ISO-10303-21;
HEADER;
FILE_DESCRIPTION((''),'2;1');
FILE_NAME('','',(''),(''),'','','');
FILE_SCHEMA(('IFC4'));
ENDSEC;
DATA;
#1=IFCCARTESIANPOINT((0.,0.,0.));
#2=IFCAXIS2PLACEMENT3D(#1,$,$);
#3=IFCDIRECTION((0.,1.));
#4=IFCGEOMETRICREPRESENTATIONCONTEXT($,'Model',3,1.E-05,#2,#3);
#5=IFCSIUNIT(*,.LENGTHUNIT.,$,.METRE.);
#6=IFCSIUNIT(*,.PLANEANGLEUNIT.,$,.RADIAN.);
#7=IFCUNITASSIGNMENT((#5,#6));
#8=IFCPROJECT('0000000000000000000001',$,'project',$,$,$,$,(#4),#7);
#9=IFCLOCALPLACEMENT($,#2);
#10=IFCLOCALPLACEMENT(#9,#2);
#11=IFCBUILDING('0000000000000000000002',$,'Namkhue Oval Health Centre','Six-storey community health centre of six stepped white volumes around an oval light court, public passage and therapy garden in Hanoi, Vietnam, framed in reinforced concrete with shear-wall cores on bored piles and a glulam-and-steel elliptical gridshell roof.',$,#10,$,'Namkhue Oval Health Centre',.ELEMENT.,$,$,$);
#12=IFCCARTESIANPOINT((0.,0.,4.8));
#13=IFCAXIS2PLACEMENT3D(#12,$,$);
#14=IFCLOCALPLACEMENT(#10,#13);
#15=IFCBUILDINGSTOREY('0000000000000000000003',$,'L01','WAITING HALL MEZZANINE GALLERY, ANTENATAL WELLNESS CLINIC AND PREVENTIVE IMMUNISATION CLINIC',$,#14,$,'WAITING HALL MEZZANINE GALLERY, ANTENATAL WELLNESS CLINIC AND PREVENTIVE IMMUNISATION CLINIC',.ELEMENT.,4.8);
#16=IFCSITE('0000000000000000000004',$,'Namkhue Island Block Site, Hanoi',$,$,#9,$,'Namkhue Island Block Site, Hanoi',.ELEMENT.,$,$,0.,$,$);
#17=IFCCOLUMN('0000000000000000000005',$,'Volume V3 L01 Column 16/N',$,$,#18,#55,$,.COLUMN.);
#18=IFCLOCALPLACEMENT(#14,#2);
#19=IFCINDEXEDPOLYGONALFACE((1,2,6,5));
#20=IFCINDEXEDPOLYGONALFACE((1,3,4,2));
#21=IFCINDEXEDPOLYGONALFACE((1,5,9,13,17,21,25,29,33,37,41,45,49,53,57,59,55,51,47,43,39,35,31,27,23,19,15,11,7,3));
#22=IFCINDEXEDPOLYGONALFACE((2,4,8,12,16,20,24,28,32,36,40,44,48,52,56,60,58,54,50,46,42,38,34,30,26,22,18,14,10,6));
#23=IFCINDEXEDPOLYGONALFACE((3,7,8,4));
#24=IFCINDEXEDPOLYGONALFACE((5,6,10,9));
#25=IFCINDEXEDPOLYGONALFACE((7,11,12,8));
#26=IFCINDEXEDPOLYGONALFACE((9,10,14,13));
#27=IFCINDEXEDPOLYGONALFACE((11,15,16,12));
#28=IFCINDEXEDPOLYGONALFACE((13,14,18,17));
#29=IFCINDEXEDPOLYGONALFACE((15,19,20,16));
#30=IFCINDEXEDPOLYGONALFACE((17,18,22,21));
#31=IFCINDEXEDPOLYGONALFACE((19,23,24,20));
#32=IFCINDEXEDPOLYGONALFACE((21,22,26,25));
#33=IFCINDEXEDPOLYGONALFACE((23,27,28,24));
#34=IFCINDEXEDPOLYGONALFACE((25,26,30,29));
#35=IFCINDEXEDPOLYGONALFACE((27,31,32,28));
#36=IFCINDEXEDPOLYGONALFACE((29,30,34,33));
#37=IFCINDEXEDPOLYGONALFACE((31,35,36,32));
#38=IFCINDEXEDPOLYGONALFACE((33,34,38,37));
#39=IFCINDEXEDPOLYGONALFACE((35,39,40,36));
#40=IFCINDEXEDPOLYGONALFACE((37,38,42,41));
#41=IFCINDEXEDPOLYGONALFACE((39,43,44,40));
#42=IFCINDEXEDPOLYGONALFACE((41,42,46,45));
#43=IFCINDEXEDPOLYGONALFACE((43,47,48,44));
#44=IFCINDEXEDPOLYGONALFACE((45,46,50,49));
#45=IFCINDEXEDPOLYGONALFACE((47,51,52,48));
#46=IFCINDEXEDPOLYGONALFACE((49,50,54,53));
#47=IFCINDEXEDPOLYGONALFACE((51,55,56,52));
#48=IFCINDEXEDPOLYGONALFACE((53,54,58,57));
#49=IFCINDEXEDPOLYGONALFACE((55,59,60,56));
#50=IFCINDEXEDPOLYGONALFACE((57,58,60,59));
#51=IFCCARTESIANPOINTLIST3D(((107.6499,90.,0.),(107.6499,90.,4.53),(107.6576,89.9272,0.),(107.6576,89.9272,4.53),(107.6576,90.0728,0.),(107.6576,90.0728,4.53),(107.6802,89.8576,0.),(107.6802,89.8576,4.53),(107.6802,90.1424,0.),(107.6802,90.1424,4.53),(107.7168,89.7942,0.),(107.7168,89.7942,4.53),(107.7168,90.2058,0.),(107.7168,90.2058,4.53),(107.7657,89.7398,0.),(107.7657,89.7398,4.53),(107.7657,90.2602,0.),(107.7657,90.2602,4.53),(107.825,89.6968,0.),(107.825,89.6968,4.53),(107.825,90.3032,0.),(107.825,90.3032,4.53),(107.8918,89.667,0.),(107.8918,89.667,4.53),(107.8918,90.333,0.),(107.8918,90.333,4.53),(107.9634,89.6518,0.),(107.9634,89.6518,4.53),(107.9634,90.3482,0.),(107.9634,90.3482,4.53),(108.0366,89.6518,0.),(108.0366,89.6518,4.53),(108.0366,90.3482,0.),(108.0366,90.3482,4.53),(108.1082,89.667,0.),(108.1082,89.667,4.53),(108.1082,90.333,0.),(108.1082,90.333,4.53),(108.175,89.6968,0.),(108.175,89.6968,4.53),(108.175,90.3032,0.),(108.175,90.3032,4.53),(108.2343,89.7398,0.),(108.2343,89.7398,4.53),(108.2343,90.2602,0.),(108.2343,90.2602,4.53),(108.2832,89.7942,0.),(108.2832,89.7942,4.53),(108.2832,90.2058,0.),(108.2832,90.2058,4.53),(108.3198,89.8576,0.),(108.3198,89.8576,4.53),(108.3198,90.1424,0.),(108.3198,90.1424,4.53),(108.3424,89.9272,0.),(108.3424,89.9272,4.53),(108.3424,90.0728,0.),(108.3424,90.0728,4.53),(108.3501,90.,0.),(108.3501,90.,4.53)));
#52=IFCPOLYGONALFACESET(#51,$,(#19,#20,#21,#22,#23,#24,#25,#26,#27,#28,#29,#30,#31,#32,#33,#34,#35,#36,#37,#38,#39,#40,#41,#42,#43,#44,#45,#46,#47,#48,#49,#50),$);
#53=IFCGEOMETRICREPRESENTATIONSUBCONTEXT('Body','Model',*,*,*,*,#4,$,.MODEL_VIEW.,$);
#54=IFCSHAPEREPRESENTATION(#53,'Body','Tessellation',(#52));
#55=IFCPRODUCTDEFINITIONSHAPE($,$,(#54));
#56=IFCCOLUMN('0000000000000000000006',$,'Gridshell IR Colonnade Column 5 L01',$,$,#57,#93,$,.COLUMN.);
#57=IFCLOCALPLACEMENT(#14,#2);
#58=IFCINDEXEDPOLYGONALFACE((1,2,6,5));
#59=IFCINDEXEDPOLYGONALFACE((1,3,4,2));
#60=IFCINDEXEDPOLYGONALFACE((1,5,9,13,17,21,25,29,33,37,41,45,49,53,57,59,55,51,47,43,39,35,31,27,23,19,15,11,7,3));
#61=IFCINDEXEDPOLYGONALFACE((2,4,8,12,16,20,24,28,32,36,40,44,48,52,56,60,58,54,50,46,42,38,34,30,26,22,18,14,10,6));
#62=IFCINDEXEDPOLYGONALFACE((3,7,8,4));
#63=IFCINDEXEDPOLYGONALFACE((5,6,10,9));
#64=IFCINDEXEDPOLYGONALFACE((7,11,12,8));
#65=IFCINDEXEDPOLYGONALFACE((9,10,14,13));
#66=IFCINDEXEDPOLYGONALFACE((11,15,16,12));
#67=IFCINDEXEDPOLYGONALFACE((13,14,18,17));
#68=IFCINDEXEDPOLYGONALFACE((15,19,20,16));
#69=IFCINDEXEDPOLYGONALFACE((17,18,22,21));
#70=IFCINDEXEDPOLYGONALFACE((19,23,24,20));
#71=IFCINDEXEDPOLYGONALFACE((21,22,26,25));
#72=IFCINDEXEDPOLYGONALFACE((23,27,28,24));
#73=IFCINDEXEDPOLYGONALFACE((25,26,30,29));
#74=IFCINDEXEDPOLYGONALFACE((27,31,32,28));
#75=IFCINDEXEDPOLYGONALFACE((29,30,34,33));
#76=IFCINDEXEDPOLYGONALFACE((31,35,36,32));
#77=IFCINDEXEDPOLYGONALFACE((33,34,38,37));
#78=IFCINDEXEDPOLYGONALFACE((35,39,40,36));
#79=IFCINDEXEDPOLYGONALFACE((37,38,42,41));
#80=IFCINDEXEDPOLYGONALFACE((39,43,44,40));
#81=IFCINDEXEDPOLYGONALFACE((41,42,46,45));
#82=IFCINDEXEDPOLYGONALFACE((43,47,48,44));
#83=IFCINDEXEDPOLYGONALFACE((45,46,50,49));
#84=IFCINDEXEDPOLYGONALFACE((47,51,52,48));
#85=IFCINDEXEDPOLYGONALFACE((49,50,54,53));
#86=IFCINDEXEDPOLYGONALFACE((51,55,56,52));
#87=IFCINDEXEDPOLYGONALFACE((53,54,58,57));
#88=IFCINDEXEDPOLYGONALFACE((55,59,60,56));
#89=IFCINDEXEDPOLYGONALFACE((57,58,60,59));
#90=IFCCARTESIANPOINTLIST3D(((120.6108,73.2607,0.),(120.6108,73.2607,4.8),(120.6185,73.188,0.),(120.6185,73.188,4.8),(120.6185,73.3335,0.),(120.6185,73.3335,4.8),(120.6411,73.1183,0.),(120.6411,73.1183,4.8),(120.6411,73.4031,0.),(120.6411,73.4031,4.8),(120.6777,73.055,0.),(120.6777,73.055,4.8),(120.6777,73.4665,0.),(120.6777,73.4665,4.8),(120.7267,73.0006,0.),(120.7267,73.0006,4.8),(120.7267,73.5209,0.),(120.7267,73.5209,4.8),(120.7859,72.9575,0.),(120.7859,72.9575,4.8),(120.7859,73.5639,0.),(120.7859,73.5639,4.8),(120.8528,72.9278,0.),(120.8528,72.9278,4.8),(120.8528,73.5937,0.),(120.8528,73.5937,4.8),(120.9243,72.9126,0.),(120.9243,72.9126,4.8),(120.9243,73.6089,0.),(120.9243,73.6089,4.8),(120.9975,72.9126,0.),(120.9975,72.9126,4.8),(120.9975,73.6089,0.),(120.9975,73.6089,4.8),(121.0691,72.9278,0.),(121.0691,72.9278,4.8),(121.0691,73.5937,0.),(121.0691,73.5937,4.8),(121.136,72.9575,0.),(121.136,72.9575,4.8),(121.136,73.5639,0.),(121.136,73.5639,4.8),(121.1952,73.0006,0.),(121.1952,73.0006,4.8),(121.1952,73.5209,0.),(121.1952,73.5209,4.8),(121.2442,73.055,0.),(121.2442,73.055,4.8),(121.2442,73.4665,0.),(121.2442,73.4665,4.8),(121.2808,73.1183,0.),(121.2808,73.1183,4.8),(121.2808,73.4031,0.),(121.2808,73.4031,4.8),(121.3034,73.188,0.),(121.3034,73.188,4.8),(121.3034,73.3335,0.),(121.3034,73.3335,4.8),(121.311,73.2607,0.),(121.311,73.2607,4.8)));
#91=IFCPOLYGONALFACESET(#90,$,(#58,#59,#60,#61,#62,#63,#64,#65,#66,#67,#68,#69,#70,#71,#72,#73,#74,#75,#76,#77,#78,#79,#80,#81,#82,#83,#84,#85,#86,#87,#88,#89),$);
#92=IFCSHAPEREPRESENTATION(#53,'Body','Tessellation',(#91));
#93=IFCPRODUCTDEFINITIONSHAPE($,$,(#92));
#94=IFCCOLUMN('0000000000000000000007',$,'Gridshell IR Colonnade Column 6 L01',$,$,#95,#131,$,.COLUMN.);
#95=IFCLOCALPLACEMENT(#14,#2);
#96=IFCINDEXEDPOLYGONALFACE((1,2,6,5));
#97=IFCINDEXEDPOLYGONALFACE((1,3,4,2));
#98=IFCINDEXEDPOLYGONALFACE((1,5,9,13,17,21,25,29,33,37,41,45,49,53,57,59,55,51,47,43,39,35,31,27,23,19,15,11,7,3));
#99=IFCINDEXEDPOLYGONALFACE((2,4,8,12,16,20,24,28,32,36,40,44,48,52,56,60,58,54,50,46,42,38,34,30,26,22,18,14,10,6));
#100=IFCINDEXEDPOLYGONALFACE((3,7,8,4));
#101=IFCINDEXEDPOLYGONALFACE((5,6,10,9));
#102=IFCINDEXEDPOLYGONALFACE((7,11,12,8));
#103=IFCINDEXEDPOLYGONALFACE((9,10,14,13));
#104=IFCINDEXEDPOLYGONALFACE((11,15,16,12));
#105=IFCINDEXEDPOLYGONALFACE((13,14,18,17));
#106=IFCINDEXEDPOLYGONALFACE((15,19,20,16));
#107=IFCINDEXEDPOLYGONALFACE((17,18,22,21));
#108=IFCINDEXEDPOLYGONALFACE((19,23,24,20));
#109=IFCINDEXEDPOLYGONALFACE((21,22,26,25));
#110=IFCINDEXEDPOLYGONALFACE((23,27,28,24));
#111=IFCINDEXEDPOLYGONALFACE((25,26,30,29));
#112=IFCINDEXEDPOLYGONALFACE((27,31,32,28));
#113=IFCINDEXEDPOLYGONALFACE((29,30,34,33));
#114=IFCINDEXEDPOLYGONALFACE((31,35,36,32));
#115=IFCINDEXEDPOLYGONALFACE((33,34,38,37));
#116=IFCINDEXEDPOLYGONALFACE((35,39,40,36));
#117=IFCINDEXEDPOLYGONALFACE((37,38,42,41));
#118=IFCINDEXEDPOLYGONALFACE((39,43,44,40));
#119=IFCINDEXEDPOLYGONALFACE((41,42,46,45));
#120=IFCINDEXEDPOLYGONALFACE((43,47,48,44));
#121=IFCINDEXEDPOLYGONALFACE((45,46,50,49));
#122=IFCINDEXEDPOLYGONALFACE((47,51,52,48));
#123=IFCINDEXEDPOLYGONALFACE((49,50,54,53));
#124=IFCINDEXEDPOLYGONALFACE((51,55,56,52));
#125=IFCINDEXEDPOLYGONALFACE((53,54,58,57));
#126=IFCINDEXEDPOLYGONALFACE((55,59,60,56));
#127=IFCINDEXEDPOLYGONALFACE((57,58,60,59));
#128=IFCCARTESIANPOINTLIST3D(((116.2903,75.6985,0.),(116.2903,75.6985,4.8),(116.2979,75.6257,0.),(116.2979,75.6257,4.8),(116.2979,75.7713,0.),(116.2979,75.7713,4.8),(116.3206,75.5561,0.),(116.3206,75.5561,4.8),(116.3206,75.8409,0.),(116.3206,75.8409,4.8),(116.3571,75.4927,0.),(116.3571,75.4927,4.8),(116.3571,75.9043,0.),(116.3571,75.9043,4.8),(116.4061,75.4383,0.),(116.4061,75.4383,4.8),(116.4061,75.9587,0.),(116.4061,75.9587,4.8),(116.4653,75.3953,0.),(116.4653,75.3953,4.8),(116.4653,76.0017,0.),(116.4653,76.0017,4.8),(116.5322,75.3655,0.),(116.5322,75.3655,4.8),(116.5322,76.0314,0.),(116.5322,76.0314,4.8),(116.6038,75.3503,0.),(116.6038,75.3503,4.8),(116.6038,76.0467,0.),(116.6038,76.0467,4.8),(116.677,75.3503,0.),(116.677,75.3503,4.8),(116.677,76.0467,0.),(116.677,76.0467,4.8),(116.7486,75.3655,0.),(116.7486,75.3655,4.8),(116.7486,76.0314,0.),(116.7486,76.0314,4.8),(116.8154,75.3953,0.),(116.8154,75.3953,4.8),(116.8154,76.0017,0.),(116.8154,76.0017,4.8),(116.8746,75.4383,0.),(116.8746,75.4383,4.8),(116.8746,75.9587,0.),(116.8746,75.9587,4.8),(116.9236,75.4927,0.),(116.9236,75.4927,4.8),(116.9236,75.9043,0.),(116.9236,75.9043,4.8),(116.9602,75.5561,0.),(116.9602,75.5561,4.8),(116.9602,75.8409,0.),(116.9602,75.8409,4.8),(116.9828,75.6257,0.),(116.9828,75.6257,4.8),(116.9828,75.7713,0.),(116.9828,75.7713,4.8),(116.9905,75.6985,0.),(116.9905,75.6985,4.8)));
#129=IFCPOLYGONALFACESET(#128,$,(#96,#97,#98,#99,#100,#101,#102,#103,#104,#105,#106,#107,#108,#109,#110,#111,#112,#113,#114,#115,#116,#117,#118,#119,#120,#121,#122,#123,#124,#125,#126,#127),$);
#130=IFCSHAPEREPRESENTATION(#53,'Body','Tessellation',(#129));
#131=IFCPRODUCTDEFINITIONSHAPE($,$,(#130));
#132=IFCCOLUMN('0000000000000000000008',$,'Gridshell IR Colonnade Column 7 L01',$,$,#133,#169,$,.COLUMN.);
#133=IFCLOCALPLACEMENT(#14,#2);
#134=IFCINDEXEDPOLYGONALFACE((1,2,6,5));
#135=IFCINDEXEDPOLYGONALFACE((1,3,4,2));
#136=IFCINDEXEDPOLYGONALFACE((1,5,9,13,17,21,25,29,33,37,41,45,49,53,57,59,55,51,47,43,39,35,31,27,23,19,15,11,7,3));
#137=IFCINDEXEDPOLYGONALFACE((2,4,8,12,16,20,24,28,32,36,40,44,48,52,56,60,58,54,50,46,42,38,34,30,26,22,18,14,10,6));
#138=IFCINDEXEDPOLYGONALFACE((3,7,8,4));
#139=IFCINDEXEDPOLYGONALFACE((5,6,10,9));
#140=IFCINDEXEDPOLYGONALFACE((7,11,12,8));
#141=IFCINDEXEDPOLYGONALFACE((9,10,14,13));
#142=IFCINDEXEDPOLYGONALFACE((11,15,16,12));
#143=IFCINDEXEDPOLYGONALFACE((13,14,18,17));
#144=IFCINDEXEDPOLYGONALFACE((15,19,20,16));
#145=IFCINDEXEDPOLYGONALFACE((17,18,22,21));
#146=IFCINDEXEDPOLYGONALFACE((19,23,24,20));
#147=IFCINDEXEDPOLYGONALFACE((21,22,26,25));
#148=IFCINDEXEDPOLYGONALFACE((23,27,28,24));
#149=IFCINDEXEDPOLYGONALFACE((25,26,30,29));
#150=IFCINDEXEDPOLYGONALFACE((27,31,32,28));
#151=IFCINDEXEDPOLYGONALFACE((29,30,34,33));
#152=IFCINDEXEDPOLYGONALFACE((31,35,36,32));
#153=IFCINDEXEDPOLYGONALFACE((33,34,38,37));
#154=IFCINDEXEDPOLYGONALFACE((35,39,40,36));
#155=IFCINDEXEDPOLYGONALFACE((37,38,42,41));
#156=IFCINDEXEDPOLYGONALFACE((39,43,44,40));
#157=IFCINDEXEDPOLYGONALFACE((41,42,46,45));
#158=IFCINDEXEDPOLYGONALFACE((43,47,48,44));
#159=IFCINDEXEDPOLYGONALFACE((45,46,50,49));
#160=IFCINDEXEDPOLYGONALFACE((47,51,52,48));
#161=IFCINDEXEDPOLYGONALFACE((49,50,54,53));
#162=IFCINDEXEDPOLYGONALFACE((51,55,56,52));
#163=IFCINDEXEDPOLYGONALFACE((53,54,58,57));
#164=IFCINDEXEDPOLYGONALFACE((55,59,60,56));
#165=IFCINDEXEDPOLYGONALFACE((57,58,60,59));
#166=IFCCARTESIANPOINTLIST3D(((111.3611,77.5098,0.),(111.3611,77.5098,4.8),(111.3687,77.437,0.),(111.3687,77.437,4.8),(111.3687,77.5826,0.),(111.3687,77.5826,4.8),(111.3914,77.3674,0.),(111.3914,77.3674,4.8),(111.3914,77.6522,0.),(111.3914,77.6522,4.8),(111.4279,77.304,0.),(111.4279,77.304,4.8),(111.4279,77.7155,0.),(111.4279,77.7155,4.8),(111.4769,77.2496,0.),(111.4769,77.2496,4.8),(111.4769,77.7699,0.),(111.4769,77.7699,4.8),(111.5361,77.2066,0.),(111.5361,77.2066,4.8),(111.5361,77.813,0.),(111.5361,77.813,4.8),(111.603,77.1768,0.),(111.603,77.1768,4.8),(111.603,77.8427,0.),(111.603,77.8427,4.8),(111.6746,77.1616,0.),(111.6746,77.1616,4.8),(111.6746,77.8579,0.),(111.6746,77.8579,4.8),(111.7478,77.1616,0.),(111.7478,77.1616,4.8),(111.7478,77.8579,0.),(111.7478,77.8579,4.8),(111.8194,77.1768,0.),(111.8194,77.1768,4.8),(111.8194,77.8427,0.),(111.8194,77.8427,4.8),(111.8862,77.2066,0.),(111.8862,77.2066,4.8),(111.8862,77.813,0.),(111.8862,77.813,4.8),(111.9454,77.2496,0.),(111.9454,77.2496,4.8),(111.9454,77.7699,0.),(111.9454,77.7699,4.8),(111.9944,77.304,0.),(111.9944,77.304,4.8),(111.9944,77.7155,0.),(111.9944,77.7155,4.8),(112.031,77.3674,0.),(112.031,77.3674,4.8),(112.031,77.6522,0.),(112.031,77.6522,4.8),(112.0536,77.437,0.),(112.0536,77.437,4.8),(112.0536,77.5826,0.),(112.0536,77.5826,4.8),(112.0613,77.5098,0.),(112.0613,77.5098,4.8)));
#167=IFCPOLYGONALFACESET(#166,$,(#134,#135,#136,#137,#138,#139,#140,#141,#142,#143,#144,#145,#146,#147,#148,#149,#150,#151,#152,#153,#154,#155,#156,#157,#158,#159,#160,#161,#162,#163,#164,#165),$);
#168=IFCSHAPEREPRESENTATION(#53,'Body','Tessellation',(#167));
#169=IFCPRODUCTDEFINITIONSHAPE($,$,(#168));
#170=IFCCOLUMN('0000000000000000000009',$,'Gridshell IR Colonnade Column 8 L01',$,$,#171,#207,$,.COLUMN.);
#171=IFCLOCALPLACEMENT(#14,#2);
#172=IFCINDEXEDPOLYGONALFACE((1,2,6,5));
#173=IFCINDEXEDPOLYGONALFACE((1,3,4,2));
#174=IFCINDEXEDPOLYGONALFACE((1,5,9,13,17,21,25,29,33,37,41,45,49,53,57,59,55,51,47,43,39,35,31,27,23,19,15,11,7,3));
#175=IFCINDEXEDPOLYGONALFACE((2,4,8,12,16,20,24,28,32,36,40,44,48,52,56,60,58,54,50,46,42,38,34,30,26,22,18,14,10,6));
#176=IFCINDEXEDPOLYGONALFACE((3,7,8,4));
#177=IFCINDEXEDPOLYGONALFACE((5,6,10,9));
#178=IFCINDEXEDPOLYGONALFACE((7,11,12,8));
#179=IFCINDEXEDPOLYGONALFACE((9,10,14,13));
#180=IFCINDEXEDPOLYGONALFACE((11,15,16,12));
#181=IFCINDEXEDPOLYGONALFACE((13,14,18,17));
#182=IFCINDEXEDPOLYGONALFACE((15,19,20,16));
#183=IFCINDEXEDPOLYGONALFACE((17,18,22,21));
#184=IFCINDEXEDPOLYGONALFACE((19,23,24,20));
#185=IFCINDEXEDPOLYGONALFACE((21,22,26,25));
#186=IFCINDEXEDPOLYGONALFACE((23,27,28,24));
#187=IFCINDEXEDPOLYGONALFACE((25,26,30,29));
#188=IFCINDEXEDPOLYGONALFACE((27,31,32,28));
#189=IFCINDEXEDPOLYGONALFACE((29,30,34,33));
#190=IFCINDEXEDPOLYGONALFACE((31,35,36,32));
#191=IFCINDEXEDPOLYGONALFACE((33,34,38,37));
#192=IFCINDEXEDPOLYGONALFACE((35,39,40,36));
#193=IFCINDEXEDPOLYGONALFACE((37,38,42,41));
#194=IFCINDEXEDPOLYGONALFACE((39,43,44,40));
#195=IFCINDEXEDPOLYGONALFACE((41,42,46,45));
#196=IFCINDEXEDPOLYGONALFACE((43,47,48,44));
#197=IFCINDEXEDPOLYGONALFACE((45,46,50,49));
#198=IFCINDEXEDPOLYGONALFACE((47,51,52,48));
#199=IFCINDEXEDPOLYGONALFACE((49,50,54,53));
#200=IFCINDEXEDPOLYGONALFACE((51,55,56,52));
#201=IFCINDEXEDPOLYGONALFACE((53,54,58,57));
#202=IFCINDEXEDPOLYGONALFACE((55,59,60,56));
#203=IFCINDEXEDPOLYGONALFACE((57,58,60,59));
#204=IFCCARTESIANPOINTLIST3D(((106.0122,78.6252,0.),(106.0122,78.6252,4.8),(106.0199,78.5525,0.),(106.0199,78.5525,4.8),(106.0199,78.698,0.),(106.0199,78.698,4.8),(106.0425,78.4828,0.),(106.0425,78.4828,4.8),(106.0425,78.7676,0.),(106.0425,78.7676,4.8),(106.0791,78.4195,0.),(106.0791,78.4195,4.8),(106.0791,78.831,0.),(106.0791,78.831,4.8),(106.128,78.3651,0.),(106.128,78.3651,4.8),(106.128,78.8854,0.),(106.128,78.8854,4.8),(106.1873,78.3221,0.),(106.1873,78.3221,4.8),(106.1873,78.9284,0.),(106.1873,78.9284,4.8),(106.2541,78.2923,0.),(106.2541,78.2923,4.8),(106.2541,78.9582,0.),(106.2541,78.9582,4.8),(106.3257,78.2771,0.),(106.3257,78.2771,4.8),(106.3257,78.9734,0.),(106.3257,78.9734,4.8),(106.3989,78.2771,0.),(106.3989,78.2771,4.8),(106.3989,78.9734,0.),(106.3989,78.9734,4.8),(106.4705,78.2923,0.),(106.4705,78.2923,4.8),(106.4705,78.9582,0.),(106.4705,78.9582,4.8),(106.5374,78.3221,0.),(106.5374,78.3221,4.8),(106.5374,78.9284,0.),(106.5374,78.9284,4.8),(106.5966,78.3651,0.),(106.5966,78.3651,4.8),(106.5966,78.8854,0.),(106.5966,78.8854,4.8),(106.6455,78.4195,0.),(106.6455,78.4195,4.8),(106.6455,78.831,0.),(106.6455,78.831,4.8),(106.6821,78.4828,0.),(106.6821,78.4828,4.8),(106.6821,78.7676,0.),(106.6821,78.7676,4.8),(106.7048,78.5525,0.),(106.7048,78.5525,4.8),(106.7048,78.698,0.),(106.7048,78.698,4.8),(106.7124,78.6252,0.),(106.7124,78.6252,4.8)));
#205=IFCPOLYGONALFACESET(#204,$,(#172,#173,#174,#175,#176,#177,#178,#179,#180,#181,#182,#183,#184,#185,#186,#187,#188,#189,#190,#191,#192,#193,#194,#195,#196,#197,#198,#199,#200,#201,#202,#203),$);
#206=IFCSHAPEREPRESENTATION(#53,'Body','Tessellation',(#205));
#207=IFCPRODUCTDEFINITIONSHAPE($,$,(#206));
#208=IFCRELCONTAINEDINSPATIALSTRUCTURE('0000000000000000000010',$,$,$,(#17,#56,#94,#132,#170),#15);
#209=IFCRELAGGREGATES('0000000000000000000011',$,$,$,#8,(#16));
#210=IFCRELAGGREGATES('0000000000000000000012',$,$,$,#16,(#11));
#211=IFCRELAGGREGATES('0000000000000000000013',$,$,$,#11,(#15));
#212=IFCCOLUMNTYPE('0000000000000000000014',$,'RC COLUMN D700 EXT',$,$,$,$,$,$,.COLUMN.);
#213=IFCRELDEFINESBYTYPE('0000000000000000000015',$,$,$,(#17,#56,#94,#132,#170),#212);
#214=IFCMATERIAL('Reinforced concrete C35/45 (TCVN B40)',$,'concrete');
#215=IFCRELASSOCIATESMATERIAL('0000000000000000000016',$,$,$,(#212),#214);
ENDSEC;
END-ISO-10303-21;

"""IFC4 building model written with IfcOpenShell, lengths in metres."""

from ifc_helpers import new_model, si_unit, direction, frame, origin, origin_2d, place, context, subcontext, project, spatial, circle, extrude, material, material_profile, profile_set, type_object, element, save


model = new_model("IFC4")

# Units and contexts
model_context = context("Model", 3, precision=1e-05, world=origin(), true_north=direction((0.0, 1.0)))
body_context = subcontext(model_context, "Body", "Model", "MODEL_VIEW")
ifc_project = project(units=[si_unit("LENGTHUNIT", "METRE"), si_unit("PLANEANGLEUNIT", "RADIAN")], contexts=[model_context])

# Site, building, storey
site_placement = place(None, origin())
site = spatial("IfcSite", under=ifc_project, at=site_placement, Name="Namkhue Island Block Site, Hanoi", LongName="Namkhue Island Block Site, Hanoi", CompositionType="ELEMENT", RefElevation=0.0)
building_placement = place(site_placement, origin())
building = spatial("IfcBuilding", under=site, at=building_placement, Name="Namkhue Oval Health Centre", Description="Six-storey community health centre of six stepped white volumes around an oval light court, public passage and therapy garden in Hanoi, Vietnam, framed in reinforced concrete with shear-wall cores on bored piles and a glulam-and-steel elliptical gridshell roof.", LongName="Namkhue Oval Health Centre", CompositionType="ELEMENT")
storey_placement = place(building_placement, frame((0.0, 0.0, 4.8)))
storey = spatial("IfcBuildingStorey", under=building, at=storey_placement, Name="L01", Description="WAITING HALL MEZZANINE GALLERY, ANTENATAL WELLNESS CLINIC AND PREVENTIVE IMMUNISATION CLINIC", LongName="WAITING HALL MEZZANINE GALLERY, ANTENATAL WELLNESS CLINIC AND PREVENTIVE IMMUNISATION CLINIC", CompositionType="ELEMENT", Elevation=4.8)

# Columns
ifc_material_1 = material(Name="Reinforced concrete C35/45 (TCVN B40)", Category="concrete")
ifc_material_profile = material_profile(ifc_material_1, circle(Radius=0.3501, at=origin_2d()), Name="RC D700")
ifc_profile_set = profile_set([ifc_material_profile], Name="Reinforced concrete C35/45 (TCVN B40)")
column_type = type_object("IfcColumnType", Name="RC COLUMN D700 EXT", PredefinedType="COLUMN", material=ifc_profile_set)
column_placement = place(storey_placement, frame((108.0, 90.0, 0.0), z_axis=(0.0, 0.0, 1.0), x_axis=(1.0, 0.0, 0.0)))
element("IfcColumn", 1, at=column_placement, inside=storey, type_object=column_type, Name="Volume V3 L01 Column 16/N", PredefinedType="COLUMN", context=body_context, shape_type="SweptSolid", body=[
    extrude(circle(Radius=0.3501, at=origin_2d()), origin(), (0.0, 0.0, 1.0), 4.53),
])
for number, where, z_axis, x_axis, name in (
    (2, (120.9609, 73.2607, 0.0), (0.0, 0.0, 1.0), (1.0, 0.0, 0.0), "Gridshell IR Colonnade Column 5 L01"),
    (3, (116.6404, 75.6985, 0.0), (0.0, 0.0, 1.0), (1.0, 0.0, 0.0), "Gridshell IR Colonnade Column 6 L01"),
    (4, (111.7112, 77.5098, 0.0), (0.0, 0.0, 1.0), (1.0, 0.0, 0.0), "Gridshell IR Colonnade Column 7 L01"),
    (5, (106.3623, 78.6252, 0.0), (0.0, 0.0, 1.0), (1.0, 0.0, 0.0), "Gridshell IR Colonnade Column 8 L01"),
):
    element("IfcColumn", number, at=place(storey_placement, frame(where, z_axis=z_axis, x_axis=x_axis)), inside=storey, type_object=column_type, Name=name, PredefinedType="COLUMN", context=body_context, shape_type="SweptSolid", body=[
        extrude(circle(Radius=0.3501, at=origin_2d()), origin(), (0.0, 0.0, 1.0), 4.8),
    ])

save(model, "model.ifc")
